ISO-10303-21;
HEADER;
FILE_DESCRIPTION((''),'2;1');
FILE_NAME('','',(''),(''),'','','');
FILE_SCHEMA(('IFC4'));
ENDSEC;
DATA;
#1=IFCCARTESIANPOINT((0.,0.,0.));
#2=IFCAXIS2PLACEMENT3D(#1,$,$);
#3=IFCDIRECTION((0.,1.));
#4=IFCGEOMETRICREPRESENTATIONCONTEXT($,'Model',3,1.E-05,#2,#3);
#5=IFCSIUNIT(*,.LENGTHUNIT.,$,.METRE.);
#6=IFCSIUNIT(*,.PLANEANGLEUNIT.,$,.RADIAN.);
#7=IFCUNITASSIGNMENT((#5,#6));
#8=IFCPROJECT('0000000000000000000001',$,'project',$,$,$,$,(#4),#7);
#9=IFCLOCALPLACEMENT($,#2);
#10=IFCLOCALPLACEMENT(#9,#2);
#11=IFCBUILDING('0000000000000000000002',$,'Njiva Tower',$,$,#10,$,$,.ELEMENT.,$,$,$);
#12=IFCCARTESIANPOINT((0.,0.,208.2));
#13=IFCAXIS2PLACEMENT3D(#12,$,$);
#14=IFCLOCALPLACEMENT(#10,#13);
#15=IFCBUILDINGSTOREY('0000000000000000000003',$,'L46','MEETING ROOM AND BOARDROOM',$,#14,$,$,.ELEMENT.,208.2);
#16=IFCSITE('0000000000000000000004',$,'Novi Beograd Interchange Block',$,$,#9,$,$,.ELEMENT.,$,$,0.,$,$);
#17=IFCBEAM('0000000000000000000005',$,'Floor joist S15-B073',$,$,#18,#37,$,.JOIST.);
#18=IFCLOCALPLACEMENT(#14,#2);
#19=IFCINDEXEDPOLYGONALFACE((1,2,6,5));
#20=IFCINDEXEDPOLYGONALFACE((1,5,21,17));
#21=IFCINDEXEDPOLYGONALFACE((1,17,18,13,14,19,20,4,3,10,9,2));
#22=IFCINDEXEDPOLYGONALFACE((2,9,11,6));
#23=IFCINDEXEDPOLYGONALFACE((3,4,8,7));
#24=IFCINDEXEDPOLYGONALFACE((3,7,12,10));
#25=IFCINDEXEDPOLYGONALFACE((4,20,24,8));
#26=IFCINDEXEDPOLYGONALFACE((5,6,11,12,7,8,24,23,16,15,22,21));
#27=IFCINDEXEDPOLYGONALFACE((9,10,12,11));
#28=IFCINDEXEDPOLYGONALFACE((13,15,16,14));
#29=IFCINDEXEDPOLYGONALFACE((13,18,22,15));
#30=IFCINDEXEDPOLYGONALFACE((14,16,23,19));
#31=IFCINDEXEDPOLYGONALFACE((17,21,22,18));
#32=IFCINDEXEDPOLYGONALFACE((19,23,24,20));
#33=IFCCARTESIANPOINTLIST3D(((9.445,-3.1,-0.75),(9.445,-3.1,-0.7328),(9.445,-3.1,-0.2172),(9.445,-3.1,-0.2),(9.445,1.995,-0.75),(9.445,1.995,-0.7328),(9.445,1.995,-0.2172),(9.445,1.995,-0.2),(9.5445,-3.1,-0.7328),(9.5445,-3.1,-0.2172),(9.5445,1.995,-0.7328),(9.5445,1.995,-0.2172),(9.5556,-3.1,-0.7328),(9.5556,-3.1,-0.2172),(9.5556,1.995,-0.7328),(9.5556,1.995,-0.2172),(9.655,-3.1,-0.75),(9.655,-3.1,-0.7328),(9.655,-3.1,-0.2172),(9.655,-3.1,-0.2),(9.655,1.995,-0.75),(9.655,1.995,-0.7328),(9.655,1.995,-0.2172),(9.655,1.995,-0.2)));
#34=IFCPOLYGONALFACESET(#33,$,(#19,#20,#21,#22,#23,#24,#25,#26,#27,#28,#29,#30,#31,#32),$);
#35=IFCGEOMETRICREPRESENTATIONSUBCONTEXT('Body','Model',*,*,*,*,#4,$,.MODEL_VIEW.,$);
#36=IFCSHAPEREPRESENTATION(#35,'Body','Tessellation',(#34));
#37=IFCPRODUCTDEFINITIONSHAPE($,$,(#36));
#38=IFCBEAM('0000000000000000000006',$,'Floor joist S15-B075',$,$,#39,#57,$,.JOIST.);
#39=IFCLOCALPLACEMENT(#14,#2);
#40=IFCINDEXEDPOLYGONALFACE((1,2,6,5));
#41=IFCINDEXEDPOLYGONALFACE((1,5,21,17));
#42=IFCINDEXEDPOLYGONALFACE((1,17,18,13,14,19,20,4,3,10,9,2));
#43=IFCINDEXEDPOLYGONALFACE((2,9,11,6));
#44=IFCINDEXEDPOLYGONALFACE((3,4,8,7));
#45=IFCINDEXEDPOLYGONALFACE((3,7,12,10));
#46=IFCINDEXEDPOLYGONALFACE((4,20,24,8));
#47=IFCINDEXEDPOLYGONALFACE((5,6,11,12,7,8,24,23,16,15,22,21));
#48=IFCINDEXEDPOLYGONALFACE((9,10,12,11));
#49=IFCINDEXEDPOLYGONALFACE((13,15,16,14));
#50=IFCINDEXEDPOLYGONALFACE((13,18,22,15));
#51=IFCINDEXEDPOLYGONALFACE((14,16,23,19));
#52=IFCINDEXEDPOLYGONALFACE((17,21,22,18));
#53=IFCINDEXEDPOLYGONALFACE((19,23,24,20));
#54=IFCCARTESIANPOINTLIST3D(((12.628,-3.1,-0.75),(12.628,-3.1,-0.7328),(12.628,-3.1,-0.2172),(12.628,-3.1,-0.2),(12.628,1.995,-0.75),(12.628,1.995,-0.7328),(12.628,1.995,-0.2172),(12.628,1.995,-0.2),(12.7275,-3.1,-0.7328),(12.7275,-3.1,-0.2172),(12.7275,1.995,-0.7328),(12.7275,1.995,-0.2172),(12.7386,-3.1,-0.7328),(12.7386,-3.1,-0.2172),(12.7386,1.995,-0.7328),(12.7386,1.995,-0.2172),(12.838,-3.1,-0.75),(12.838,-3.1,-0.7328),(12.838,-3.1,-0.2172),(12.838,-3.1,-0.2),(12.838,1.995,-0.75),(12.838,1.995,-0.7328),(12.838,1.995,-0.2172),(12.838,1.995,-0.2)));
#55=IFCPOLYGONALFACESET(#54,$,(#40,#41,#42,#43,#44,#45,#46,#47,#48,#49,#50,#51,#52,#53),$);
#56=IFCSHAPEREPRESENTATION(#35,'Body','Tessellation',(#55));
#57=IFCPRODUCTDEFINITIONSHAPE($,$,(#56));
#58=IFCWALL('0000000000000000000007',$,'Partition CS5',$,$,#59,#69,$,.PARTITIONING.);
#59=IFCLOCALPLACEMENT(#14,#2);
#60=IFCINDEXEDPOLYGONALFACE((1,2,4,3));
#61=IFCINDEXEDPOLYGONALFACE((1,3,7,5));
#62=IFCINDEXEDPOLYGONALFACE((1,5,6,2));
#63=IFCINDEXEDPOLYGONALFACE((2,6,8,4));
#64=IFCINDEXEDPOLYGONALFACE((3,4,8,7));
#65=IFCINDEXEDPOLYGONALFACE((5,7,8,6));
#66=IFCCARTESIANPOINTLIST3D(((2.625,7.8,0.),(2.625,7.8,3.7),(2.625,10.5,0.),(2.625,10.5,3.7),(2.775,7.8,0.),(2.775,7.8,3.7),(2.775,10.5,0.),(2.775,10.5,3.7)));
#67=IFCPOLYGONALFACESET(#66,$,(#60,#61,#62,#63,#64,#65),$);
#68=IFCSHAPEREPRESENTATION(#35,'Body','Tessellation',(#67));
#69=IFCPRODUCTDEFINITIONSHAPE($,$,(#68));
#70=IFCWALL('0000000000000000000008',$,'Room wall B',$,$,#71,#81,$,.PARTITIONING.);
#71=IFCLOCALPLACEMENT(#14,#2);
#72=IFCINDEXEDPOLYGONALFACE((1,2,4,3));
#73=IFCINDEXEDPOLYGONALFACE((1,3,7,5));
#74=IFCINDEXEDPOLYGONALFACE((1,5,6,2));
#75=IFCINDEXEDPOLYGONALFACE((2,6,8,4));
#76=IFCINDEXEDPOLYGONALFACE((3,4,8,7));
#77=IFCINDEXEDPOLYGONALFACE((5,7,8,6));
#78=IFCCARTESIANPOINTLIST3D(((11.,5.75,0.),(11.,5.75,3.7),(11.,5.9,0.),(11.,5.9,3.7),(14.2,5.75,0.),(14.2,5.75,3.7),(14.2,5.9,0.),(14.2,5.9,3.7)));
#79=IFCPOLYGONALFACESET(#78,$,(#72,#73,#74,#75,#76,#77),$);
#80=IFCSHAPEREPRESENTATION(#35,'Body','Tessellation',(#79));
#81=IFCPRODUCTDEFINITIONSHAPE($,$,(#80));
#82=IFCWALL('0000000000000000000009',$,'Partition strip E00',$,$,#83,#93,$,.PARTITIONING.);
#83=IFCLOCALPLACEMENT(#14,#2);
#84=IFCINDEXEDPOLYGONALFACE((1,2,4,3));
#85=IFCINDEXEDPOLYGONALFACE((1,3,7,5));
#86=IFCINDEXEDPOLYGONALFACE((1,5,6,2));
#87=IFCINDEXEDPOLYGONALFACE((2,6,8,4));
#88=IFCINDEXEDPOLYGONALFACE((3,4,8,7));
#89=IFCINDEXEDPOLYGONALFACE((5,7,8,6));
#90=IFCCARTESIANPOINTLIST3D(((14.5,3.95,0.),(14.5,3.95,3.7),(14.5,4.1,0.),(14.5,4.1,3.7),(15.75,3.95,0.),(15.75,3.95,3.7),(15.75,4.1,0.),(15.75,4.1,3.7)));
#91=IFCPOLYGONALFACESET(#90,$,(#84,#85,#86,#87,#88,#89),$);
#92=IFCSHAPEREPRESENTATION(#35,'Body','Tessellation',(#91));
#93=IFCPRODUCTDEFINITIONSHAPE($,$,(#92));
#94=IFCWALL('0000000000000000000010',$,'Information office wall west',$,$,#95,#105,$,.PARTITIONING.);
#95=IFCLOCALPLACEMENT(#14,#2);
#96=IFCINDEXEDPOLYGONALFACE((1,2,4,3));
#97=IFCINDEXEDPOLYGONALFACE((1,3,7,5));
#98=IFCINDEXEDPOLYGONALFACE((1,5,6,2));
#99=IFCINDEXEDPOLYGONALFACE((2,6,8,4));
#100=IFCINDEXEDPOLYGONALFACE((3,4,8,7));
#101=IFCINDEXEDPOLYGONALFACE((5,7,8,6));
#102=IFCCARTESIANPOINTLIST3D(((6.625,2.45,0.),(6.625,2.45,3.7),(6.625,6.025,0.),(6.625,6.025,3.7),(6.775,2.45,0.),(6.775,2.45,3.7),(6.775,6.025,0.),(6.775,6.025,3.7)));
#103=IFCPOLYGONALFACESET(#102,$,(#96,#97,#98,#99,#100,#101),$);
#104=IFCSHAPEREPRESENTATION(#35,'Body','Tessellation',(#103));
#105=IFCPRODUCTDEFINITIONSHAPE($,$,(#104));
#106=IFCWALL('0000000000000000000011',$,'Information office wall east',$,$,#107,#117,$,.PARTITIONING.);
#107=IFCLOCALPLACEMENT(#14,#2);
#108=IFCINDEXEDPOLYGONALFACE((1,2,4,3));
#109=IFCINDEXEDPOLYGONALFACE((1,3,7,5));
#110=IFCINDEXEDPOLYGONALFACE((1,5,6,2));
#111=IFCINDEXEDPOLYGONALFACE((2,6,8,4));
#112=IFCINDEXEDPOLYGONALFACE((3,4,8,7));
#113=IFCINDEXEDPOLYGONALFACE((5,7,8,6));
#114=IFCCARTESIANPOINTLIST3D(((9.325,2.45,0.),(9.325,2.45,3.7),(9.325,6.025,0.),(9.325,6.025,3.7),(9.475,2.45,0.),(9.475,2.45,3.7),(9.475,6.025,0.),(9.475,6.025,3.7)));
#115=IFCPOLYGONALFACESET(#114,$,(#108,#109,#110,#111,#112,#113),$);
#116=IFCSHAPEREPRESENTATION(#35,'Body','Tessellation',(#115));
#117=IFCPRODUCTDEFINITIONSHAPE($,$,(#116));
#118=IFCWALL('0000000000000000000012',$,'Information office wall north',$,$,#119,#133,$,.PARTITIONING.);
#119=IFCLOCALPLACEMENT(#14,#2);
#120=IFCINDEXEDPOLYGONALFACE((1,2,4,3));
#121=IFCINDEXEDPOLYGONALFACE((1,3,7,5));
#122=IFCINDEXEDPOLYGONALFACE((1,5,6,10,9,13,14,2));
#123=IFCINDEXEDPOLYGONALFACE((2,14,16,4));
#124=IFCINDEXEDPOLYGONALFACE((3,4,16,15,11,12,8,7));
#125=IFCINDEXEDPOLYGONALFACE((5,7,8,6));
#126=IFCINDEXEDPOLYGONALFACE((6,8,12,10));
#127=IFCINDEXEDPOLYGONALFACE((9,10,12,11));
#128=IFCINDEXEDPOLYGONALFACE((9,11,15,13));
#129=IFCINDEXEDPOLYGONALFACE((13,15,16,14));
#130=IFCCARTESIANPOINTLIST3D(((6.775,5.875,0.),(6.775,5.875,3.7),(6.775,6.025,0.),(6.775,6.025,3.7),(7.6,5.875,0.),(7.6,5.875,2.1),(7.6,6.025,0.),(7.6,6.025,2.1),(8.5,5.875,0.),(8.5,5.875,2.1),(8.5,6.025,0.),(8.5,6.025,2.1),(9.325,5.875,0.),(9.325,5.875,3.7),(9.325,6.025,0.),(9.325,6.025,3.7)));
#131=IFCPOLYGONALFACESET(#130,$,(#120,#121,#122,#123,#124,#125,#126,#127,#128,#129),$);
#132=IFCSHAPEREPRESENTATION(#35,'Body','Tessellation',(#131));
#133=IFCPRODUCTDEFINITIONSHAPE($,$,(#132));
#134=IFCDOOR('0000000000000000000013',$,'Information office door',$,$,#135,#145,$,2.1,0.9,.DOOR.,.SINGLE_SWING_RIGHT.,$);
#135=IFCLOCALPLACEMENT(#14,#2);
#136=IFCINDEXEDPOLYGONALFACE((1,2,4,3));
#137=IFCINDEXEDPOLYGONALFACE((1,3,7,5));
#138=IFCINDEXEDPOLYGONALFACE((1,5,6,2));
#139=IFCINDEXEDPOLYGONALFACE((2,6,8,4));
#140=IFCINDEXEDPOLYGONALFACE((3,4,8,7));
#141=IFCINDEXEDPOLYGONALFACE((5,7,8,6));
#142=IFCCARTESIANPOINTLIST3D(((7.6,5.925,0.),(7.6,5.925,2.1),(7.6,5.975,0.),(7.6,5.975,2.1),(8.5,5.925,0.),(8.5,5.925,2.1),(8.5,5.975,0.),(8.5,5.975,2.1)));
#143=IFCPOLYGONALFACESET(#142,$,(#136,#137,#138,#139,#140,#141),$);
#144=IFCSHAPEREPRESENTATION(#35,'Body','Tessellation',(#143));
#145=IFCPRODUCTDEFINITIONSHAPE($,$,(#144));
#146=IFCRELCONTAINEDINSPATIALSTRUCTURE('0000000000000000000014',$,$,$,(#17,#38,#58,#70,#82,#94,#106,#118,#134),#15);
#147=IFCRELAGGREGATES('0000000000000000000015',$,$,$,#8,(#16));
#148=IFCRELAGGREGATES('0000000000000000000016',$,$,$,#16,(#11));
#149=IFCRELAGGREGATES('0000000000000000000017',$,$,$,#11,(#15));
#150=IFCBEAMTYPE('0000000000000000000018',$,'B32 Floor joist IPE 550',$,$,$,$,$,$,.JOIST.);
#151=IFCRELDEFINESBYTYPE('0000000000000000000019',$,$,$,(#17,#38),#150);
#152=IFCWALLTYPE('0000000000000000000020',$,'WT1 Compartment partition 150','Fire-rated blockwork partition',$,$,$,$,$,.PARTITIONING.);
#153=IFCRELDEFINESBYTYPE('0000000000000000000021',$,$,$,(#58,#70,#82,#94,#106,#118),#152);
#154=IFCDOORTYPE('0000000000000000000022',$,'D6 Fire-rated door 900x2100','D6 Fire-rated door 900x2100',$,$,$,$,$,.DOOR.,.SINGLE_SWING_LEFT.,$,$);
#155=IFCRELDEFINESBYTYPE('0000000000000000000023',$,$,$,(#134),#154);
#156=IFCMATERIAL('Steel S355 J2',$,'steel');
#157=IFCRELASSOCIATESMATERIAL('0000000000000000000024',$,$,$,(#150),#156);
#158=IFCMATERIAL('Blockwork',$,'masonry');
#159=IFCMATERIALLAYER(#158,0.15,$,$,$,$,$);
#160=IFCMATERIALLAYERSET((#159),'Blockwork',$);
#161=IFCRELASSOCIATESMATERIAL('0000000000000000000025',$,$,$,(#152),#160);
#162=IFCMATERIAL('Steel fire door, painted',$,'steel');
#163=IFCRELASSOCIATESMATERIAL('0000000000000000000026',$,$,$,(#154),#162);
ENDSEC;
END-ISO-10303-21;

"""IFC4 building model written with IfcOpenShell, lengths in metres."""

from ifc_helpers import new_model, si_unit, direction, frame, frame_2d, origin, origin_2d, place, context, subcontext, project, spatial, rectangle, i_section, extrude, material, layer, layer_set, material_profile, profile_set, type_object, element, fill, save


model = new_model("IFC4")

# Units and contexts
model_context = context("Model", 3, precision=1e-05, world=origin(), true_north=direction((0.0, 1.0)))
body_context = subcontext(model_context, "Body", "Model", "MODEL_VIEW")
ifc_project = project(units=[si_unit("LENGTHUNIT", "METRE"), si_unit("PLANEANGLEUNIT", "RADIAN")], contexts=[model_context])

# Site, building, storey
site_placement = place(None, origin())
site = spatial("IfcSite", under=ifc_project, at=site_placement, Name="Novi Beograd Interchange Block", CompositionType="ELEMENT", RefElevation=0.0)
building_placement = place(site_placement, origin())
building = spatial("IfcBuilding", under=site, at=building_placement, Name="Njiva Tower", CompositionType="ELEMENT")
storey_placement = place(building_placement, frame((0.0, 0.0, 208.2)))
storey = spatial("IfcBuildingStorey", under=building, at=storey_placement, Name="L46", Description="MEETING ROOM AND BOARDROOM", CompositionType="ELEMENT", Elevation=208.2)

# Beams
ifc_material_1 = material(Name="Steel S355 J2", Category="steel")
ifc_material_profile = material_profile(ifc_material_1, i_section(OverallWidth=0.21, OverallDepth=0.55, WebThickness=0.0111, FlangeThickness=0.0172, at=origin_2d()), Name="IPE 550")
ifc_profile_set = profile_set([ifc_material_profile], Name="Steel S355 J2")
beam_type = type_object("IfcBeamType", Name="B32 Floor joist IPE 550", PredefinedType="JOIST", material=ifc_profile_set)
for number, where, z_axis, x_axis, name in (
    (1, (9.55, 1.995, -0.475), (0.0, -1.0, 0.0), (1.0, 0.0, 0.0), "Floor joist S15-B073"),
    (2, (12.733, 1.995, -0.475), (0.0, -1.0, 0.0), (1.0, 0.0, 0.0), "Floor joist S15-B075"),
):
    element("IfcBeam", number, at=place(storey_placement, frame(where, z_axis=z_axis, x_axis=x_axis)), inside=storey, type_object=beam_type, Name=name, PredefinedType="JOIST", context=body_context, shape_type="SweptSolid", body=[
        extrude(i_section(OverallWidth=0.21, OverallDepth=0.55, WebThickness=0.0111, FlangeThickness=0.0172, at=origin_2d()), origin(), (0.0, 0.0, 1.0), 5.095),
    ])

# Walls
ifc_material_2 = material(Name="Blockwork", Category="masonry")
ifc_layer_1 = layer(ifc_material_2, 0.15)
ifc_layer_set_1 = layer_set([ifc_layer_1], Name="Blockwork")
wall_type_1 = type_object("IfcWallType", Name="WT1 Compartment partition 150", Description="Fire-rated blockwork partition", PredefinedType="PARTITIONING", material=ifc_layer_set_1)
wall_1_placement = place(storey_placement, frame((2.7, 7.8, 0.0), z_axis=(0.0, 0.0, 1.0), x_axis=(0.0, 1.0, 0.0)))
element("IfcWall", 3, at=wall_1_placement, inside=storey, type_object=wall_type_1, Name="Partition CS5", PredefinedType="PARTITIONING", context=body_context, shape_type="SweptSolid", body=[
    extrude(rectangle(XDim=2.7, YDim=0.15, at=frame_2d((1.35, 0.0))), origin(), (0.0, 0.0, 1.0), 3.7),
])
wall_2_placement = place(storey_placement, frame((11.0, 5.825, 0.0), z_axis=(0.0, 0.0, 1.0), x_axis=(1.0, 0.0, 0.0)))
element("IfcWall", 4, at=wall_2_placement, inside=storey, type_object=wall_type_1, Name="Room wall B", PredefinedType="PARTITIONING", context=body_context, shape_type="SweptSolid", body=[
    extrude(rectangle(XDim=3.2, YDim=0.15, at=frame_2d((1.6, 0.0))), origin(), (0.0, 0.0, 1.0), 3.7),
])
wall_3_placement = place(storey_placement, frame((14.5, 4.025, 0.0), z_axis=(0.0, 0.0, 1.0), x_axis=(1.0, 0.0, 0.0)))
element("IfcWall", 5, at=wall_3_placement, inside=storey, type_object=wall_type_1, Name="Partition strip E00", PredefinedType="PARTITIONING", context=body_context, shape_type="SweptSolid", body=[
    extrude(rectangle(XDim=1.25, YDim=0.15, at=frame_2d((0.625, 0.0))), origin(), (0.0, 0.0, 1.0), 3.7),
])
for number, where, z_axis, x_axis, name in (
    (6, (6.7, 2.45, 0.0), (0.0, 0.0, 1.0), (0.0, 1.0, 0.0), "Information office wall west"),
    (7, (9.4, 2.45, 0.0), (0.0, 0.0, 1.0), (0.0, 1.0, 0.0), "Information office wall east"),
):
    element("IfcWall", number, at=place(storey_placement, frame(where, z_axis=z_axis, x_axis=x_axis)), inside=storey, type_object=wall_type_1, Name=name, PredefinedType="PARTITIONING", context=body_context, shape_type="SweptSolid", body=[
        extrude(rectangle(XDim=3.575, YDim=0.15, at=frame_2d((1.7875, 0.0))), origin(), (0.0, 0.0, 1.0), 3.7),
    ])

# Wall, opening, door
wall_4_placement = place(storey_placement, frame((6.775, 5.95, 0.0), z_axis=(0.0, 0.0, 1.0), x_axis=(1.0, 0.0, 0.0)))
wall_4 = element("IfcWall", 8, at=wall_4_placement, inside=storey, type_object=wall_type_1, Name="Information office wall north", PredefinedType="PARTITIONING", context=body_context, shape_type="SweptSolid", body=[
    extrude(rectangle(XDim=2.55, YDim=0.15, at=frame_2d((1.275, 0.0))), origin(), (0.0, 0.0, 1.0), 3.7),
])
opening_1_placement = place(wall_4_placement, frame((0.825, 0.0, 0.0)))
opening_1 = element("IfcOpeningElement", 9, at=opening_1_placement, cuts=wall_4, PredefinedType="OPENING", context=body_context, shape_type="SweptSolid", body=[
    extrude(rectangle(XDim=0.9, YDim=2.1, at=frame_2d((0.45, 1.05))), frame((0.0, 0.085, 0.0), z_axis=(0.0, -1.0, 0.0), x_axis=(1.0, 0.0, 0.0)), (0.0, 0.0, 1.0), 0.17),
])
ifc_material_3 = material(Name="Steel fire door, painted", Category="steel")
door_type_1 = type_object("IfcDoorType", Name="D6 Fire-rated door 900x2100", Description="D6 Fire-rated door 900x2100", OperationType="SINGLE_SWING_LEFT", PredefinedType="DOOR", material=ifc_material_3)
door_1_placement = place(opening_1_placement, origin())
door_1 = element("IfcDoor", 10, at=door_1_placement, inside=storey, type_object=door_type_1, Name="Information office door", OperationType="SINGLE_SWING_RIGHT", OverallHeight=2.1, OverallWidth=0.9, PredefinedType="DOOR", context=body_context, shape_type="SweptSolid", body=[
    extrude(rectangle(XDim=0.9, YDim=2.1, at=frame_2d((0.45, 1.05))), frame((0.0, 0.025, 0.0), z_axis=(0.0, -1.0, 0.0), x_axis=(1.0, 0.0, 0.0)), (0.0, 0.0, 1.0), 0.05),
])
fill(opening_1, door_1)

save(model, "model.ifc")
